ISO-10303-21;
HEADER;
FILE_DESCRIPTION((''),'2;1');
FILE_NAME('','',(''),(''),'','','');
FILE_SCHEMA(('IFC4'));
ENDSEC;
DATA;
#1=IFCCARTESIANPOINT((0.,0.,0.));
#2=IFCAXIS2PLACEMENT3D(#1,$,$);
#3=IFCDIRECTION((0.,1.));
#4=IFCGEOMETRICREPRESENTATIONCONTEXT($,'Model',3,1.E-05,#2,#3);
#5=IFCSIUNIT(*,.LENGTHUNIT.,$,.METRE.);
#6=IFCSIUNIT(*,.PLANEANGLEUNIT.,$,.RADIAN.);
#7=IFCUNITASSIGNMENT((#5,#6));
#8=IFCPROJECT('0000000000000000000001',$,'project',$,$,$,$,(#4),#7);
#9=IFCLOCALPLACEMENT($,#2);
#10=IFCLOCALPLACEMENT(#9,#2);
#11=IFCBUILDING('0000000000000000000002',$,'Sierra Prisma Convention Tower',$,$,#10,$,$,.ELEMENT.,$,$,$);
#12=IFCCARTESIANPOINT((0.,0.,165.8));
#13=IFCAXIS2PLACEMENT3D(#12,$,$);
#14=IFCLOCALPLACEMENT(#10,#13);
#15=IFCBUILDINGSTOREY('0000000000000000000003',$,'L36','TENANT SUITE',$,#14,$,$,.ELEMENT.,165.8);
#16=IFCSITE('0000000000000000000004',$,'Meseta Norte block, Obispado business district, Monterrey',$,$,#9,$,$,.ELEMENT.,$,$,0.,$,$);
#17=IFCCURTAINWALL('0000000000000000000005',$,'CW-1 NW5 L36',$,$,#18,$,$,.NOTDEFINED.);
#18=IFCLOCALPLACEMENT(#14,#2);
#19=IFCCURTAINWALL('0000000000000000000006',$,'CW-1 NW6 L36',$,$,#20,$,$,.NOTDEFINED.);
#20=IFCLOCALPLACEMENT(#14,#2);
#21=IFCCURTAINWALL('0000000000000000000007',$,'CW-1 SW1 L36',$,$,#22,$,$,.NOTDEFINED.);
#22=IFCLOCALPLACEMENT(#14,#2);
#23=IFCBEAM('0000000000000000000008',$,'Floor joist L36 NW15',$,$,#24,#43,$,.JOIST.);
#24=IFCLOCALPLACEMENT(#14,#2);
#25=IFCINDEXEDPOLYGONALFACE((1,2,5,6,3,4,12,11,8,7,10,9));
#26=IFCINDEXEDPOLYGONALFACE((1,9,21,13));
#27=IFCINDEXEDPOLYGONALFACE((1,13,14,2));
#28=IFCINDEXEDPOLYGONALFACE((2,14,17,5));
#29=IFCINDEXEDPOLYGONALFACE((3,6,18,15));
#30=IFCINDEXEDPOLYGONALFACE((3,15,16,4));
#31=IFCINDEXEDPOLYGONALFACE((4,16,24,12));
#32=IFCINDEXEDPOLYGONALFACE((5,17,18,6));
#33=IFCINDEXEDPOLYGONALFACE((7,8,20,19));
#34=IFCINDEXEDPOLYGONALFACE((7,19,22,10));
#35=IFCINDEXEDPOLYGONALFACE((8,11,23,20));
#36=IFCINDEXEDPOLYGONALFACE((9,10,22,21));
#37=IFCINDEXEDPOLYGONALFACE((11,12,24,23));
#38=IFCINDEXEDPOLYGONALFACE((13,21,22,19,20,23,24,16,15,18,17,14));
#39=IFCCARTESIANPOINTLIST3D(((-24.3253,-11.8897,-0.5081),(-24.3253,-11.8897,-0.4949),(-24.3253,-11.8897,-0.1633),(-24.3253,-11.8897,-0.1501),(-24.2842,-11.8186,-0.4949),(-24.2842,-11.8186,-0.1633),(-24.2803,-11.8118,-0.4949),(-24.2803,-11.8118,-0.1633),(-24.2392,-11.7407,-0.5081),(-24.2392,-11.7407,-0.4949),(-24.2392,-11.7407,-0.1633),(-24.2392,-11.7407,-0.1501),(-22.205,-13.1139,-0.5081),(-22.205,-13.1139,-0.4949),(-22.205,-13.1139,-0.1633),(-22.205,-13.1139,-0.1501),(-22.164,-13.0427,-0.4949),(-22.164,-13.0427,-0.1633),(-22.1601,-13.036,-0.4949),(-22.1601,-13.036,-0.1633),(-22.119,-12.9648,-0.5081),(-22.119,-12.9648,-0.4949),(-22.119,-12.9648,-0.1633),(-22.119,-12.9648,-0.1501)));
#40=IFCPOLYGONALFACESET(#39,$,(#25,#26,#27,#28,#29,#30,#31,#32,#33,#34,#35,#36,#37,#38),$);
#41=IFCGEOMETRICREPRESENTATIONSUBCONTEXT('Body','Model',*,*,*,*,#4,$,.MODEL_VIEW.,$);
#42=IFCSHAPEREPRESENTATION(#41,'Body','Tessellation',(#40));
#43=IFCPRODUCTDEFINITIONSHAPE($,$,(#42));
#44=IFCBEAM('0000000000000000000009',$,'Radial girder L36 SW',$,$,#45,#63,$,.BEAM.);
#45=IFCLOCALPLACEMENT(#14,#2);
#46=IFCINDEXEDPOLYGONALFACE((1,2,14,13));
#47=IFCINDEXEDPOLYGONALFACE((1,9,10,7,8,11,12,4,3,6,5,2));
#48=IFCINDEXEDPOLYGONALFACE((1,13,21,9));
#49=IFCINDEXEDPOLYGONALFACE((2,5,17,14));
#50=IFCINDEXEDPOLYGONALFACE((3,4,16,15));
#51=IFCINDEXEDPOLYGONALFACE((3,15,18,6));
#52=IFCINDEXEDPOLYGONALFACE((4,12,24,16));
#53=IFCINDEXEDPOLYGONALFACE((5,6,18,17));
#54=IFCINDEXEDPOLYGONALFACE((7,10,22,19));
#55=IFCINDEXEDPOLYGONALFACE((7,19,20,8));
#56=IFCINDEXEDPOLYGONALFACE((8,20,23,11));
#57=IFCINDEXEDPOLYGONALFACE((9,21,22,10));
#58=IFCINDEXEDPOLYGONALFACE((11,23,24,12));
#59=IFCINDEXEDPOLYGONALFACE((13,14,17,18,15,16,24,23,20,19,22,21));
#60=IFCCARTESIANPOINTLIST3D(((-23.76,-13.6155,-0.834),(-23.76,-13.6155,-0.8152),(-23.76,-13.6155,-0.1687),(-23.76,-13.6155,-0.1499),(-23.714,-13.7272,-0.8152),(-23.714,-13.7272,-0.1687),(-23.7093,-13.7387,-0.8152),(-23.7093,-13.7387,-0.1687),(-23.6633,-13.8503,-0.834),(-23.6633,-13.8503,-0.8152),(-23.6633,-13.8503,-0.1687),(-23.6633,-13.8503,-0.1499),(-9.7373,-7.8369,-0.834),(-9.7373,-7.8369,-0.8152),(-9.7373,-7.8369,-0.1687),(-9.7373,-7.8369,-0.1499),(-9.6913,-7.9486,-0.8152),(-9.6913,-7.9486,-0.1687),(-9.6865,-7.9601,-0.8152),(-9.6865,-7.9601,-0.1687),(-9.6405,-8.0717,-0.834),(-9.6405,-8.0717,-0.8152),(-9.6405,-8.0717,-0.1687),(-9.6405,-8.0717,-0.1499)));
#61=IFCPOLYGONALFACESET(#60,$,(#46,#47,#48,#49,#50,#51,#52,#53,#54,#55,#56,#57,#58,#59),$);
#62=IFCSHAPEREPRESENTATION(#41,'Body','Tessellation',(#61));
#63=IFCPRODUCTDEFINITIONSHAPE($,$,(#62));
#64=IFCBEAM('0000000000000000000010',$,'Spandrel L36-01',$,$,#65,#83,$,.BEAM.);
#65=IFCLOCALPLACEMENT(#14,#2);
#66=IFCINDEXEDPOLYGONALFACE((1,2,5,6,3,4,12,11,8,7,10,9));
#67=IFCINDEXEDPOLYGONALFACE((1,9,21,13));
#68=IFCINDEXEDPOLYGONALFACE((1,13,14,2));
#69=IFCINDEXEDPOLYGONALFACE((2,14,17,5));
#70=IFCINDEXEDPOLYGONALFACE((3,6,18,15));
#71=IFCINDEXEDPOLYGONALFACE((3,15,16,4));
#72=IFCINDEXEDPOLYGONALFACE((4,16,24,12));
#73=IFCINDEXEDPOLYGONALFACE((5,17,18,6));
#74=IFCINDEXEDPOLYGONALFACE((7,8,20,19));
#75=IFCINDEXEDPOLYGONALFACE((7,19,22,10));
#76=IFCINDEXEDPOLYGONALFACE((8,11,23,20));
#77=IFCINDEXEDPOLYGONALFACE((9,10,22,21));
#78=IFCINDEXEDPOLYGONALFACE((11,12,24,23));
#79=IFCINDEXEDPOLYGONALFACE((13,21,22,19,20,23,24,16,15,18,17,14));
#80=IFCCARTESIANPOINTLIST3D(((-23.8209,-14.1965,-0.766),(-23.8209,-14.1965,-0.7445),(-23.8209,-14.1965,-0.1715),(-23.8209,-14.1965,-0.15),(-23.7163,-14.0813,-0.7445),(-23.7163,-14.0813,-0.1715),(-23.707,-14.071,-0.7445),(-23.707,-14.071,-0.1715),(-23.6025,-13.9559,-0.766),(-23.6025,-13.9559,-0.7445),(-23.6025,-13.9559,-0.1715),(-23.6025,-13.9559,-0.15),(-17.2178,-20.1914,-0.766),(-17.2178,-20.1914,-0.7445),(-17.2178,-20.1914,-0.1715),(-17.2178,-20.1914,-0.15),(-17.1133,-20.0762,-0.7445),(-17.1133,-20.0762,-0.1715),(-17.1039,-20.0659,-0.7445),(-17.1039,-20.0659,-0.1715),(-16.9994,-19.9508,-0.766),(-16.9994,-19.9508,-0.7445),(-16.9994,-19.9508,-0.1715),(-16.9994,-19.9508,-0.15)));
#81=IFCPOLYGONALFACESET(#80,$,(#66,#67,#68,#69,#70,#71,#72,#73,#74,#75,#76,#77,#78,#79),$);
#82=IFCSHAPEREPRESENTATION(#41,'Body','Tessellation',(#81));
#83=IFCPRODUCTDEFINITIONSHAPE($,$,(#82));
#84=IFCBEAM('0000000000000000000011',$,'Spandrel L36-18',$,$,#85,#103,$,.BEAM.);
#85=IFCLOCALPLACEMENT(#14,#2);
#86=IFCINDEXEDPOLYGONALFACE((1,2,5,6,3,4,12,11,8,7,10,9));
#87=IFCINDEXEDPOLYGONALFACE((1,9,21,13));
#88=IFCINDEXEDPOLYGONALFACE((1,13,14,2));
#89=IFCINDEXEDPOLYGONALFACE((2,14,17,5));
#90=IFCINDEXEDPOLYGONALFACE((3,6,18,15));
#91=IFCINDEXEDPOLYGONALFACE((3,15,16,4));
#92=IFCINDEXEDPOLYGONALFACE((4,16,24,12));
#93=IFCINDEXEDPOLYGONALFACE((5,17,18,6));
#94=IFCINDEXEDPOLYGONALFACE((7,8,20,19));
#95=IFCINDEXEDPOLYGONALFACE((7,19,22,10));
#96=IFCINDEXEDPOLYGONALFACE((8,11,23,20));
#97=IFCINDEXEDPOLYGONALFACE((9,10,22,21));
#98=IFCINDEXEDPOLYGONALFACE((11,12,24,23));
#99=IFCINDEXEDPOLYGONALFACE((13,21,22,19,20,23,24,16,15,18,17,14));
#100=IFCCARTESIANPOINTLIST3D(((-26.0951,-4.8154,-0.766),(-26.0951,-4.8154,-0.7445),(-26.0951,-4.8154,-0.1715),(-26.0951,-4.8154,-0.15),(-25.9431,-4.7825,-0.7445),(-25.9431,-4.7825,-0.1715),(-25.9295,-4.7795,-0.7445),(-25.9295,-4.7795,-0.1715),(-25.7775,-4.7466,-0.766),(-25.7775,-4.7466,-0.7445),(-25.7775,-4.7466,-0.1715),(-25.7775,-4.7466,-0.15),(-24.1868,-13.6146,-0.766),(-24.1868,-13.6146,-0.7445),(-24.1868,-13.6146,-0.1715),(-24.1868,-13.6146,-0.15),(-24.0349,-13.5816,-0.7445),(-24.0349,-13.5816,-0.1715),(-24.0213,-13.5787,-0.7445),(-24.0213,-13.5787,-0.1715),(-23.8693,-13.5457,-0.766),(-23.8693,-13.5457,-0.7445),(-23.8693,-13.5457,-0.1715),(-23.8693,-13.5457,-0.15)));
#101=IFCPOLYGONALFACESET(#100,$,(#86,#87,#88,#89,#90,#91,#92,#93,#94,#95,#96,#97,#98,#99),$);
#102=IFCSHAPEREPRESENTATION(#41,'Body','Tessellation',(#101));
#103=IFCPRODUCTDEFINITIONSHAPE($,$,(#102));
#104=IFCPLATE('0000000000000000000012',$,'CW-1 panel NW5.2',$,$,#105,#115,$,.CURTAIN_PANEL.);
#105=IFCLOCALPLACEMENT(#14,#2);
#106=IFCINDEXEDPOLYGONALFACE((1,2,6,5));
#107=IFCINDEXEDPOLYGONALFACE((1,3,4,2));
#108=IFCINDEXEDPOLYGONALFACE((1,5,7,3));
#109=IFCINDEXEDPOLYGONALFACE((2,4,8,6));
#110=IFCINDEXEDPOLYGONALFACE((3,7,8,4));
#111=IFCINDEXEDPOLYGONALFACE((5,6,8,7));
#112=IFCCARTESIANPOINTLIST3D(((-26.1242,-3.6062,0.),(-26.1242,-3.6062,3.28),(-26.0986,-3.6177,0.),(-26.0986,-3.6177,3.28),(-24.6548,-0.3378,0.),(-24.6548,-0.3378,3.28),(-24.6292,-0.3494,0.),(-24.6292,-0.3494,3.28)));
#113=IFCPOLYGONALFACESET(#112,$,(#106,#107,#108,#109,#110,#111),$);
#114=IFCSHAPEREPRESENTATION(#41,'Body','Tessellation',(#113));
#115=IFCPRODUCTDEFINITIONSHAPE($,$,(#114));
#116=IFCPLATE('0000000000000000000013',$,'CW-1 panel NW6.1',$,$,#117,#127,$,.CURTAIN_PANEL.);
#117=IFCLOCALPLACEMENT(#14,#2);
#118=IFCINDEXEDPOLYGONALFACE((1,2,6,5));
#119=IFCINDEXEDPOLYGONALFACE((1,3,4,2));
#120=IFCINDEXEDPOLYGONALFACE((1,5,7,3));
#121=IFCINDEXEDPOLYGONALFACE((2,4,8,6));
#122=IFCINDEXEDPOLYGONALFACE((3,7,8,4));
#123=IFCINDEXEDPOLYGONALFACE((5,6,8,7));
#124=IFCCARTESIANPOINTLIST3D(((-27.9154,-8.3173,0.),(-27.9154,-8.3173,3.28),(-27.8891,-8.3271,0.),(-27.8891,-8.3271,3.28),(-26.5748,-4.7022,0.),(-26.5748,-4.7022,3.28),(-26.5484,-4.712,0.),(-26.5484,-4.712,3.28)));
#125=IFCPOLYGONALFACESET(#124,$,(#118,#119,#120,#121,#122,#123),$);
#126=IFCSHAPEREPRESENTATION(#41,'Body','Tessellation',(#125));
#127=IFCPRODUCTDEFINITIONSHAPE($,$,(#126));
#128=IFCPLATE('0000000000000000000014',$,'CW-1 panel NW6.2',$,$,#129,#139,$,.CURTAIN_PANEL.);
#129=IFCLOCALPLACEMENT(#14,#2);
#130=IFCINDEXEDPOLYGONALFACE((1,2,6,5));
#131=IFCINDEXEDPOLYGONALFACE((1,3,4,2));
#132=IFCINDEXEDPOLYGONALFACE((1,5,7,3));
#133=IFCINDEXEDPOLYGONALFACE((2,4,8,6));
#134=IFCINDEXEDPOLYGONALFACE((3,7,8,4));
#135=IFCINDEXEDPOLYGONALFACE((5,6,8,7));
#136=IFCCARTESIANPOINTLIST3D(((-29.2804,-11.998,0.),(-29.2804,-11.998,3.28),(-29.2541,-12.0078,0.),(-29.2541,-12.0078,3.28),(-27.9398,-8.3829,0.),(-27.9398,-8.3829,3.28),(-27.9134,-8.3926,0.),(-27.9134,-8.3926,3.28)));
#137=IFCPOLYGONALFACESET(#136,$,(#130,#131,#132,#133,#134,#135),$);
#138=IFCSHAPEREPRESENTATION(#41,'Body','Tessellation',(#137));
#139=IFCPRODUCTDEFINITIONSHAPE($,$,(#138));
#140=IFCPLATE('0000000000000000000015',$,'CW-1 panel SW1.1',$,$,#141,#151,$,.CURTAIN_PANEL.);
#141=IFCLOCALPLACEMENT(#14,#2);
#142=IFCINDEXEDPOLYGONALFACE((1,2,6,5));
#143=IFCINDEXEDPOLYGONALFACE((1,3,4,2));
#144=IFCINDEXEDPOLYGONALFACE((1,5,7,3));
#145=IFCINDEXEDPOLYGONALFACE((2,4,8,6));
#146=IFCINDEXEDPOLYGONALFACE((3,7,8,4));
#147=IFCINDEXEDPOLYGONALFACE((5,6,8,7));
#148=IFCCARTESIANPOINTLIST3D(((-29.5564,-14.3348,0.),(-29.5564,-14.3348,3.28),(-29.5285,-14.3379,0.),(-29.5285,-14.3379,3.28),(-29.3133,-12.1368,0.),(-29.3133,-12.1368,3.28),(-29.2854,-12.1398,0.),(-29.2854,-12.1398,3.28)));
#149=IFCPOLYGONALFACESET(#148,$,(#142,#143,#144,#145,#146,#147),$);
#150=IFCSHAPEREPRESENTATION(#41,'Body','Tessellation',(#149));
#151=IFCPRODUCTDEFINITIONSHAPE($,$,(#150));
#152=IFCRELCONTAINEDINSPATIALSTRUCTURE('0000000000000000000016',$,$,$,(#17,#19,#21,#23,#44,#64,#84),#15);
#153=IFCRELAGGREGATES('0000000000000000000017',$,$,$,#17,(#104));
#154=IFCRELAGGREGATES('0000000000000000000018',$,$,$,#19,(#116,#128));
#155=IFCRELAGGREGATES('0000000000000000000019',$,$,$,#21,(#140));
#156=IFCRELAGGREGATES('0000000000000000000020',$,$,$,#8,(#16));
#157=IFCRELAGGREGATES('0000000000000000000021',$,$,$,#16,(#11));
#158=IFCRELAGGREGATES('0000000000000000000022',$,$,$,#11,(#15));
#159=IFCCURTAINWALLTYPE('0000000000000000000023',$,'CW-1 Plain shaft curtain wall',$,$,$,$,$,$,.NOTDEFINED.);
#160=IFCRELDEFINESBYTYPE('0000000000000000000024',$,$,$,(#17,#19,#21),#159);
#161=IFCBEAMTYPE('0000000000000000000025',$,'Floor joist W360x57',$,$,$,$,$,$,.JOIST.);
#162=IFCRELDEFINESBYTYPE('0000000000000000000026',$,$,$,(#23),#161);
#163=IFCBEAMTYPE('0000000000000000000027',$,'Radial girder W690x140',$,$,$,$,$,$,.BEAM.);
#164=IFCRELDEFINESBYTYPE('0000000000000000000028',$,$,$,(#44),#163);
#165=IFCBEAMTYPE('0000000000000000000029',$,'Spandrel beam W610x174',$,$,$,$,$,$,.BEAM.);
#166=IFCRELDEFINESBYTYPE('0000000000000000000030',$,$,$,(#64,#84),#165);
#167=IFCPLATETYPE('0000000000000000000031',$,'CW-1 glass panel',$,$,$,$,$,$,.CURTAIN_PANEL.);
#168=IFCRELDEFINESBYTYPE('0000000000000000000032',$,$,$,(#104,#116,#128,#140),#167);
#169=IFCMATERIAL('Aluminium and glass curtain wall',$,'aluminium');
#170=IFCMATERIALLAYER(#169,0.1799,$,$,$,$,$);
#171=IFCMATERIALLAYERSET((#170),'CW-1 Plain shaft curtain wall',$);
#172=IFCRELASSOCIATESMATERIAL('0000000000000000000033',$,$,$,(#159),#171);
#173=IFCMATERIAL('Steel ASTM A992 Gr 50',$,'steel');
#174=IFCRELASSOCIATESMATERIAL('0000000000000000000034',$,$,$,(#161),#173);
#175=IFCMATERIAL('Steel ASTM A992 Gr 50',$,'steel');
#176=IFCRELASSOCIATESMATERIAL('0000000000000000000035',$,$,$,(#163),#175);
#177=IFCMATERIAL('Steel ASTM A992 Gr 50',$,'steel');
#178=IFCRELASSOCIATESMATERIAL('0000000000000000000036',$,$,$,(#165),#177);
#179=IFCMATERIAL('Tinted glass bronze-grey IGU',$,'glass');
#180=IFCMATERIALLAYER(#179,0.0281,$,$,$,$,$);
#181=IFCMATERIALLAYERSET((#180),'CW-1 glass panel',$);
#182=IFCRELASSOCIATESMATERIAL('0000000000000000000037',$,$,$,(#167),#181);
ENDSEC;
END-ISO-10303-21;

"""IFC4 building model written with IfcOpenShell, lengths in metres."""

from ifc_helpers import new_model, si_unit, direction, frame, origin, origin_2d, place, context, subcontext, project, spatial, rectangle, i_section, extrude, material, layer, layer_set, material_profile, profile_set, type_object, element, aggregate, save


model = new_model("IFC4")

# Units and contexts
model_context = context("Model", 3, precision=1e-05, world=origin(), true_north=direction((0.0, 1.0)))
body_context = subcontext(model_context, "Body", "Model", "MODEL_VIEW")
ifc_project = project(units=[si_unit("LENGTHUNIT", "METRE"), si_unit("PLANEANGLEUNIT", "RADIAN")], contexts=[model_context])

# Site, building, storey
site_placement = place(None, origin())
site = spatial("IfcSite", under=ifc_project, at=site_placement, Name="Meseta Norte block, Obispado business district, Monterrey", CompositionType="ELEMENT", RefElevation=0.0)
building_placement = place(site_placement, origin())
building = spatial("IfcBuilding", under=site, at=building_placement, Name="Sierra Prisma Convention Tower", CompositionType="ELEMENT")
storey_placement = place(building_placement, frame((0.0, 0.0, 165.8)))
storey = spatial("IfcBuildingStorey", under=building, at=storey_placement, Name="L36", Description="TENANT SUITE", CompositionType="ELEMENT", Elevation=165.8)

# Curtain walls
ifc_material_1 = material(Name="Aluminium and glass curtain wall", Category="aluminium")
ifc_layer_1 = layer(ifc_material_1, 0.1799)
ifc_layer_set_1 = layer_set([ifc_layer_1], Name="CW-1 Plain shaft curtain wall")
curtain_wall_type = type_object("IfcCurtainWallType", Name="CW-1 Plain shaft curtain wall", PredefinedType="NOTDEFINED", material=ifc_layer_set_1)
curtain_wall_1_placement = place(storey_placement, origin())
curtain_wall_1 = element("IfcCurtainWall", 1, at=curtain_wall_1_placement, inside=storey, type_object=curtain_wall_type, Name="CW-1 NW5 L36", PredefinedType="NOTDEFINED")
curtain_wall_2_placement = place(storey_placement, origin())
curtain_wall_2 = element("IfcCurtainWall", 2, at=curtain_wall_2_placement, inside=storey, type_object=curtain_wall_type, Name="CW-1 NW6 L36", PredefinedType="NOTDEFINED")
curtain_wall_3_placement = place(storey_placement, origin())
curtain_wall_3 = element("IfcCurtainWall", 3, at=curtain_wall_3_placement, inside=storey, type_object=curtain_wall_type, Name="CW-1 SW1 L36", PredefinedType="NOTDEFINED")

# Beams
ifc_material_2 = material(Name="Steel ASTM A992 Gr 50", Category="steel")
ifc_material_profile_1 = material_profile(ifc_material_2, i_section(OverallWidth=0.1721, OverallDepth=0.3579, WebThickness=0.0078, FlangeThickness=0.0132, at=origin_2d()), Name="W360x57")
ifc_profile_set_1 = profile_set([ifc_material_profile_1], Name="Steel ASTM A992 Gr 50")
beam_type_1 = type_object("IfcBeamType", Name="Floor joist W360x57", PredefinedType="JOIST", material=ifc_profile_set_1)
beam_1_placement = place(storey_placement, frame((-24.2822, -11.8152, -0.3291), z_axis=(0.866013, -0.500022, 0.0), x_axis=(0.500022, 0.866013, 0.0)))
element("IfcBeam", 4, at=beam_1_placement, inside=storey, type_object=beam_type_1, Name="Floor joist L36 NW15", PredefinedType="JOIST", context=body_context, shape_type="SweptSolid", body=[
    extrude(i_section(OverallWidth=0.1721, OverallDepth=0.3579, WebThickness=0.0078, FlangeThickness=0.0132, at=origin_2d()), origin(), (0.0, 0.0, 1.0), 2.4482),
])
ifc_material_3 = material(Name="Steel ASTM A992 Gr 50", Category="steel")
ifc_material_profile_2 = material_profile(ifc_material_3, i_section(OverallWidth=0.2539, OverallDepth=0.6841, WebThickness=0.0125, FlangeThickness=0.0188, at=origin_2d()), Name="W690x140")
ifc_profile_set_2 = profile_set([ifc_material_profile_2], Name="Steel ASTM A992 Gr 50")
beam_type_2 = type_object("IfcBeamType", Name="Radial girder W690x140", PredefinedType="BEAM", material=ifc_profile_set_2)
beam_2_placement = place(storey_placement, frame((-23.7117, -13.7329, -0.4919), z_axis=(0.924573, 0.381004, 0.0), x_axis=(-0.381004, 0.924573, 0.0)))
element("IfcBeam", 5, at=beam_2_placement, inside=storey, type_object=beam_type_2, Name="Radial girder L36 SW", PredefinedType="BEAM", context=body_context, shape_type="SweptSolid", body=[
    extrude(i_section(OverallWidth=0.2539, OverallDepth=0.6841, WebThickness=0.0125, FlangeThickness=0.0188, at=origin_2d()), origin(), (0.0, 0.0, 1.0), 15.1667),
])
ifc_material_4 = material(Name="Steel ASTM A992 Gr 50", Category="steel")
ifc_material_profile_3 = material_profile(ifc_material_4, i_section(OverallWidth=0.325, OverallDepth=0.616, WebThickness=0.0139, FlangeThickness=0.0215, at=origin_2d()), Name="W610x174")
ifc_profile_set_3 = profile_set([ifc_material_profile_3], Name="Steel ASTM A992 Gr 50")
beam_type_3 = type_object("IfcBeamType", Name="Spandrel beam W610x174", PredefinedType="BEAM", material=ifc_profile_set_3)
beam_3_placement = place(storey_placement, frame((-23.7117, -14.0762, -0.458), z_axis=(0.74038, -0.672189, 0.0), x_axis=(0.672189, 0.74038, 0.0)))
element("IfcBeam", 6, at=beam_3_placement, inside=storey, type_object=beam_type_3, Name="Spandrel L36-01", PredefinedType="BEAM", context=body_context, shape_type="SweptSolid", body=[
    extrude(i_section(OverallWidth=0.325, OverallDepth=0.616, WebThickness=0.0139, FlangeThickness=0.0215, at=origin_2d()), origin(), (0.0, 0.0, 1.0), 8.9185),
])
beam_4_placement = place(storey_placement, frame((-25.9363, -4.781, -0.458), z_axis=(0.211938, -0.977283, 0.0), x_axis=(0.977283, 0.211938, 0.0)))
element("IfcBeam", 7, at=beam_4_placement, inside=storey, type_object=beam_type_3, Name="Spandrel L36-18", PredefinedType="BEAM", context=body_context, shape_type="SweptSolid", body=[
    extrude(i_section(OverallWidth=0.325, OverallDepth=0.616, WebThickness=0.0139, FlangeThickness=0.0215, at=origin_2d()), origin(), (0.0, 0.0, 1.0), 9.0037),
])

# Plates
ifc_material_5 = material(Name="Tinted glass bronze-grey IGU", Category="glass")
ifc_layer_2 = layer(ifc_material_5, 0.0281)
ifc_layer_set_2 = layer_set([ifc_layer_2], Name="CW-1 glass panel")
plate_type = type_object("IfcPlateType", Name="CW-1 glass panel", PredefinedType="CURTAIN_PANEL", material=ifc_layer_set_2)
plate_1_placement = place(storey_placement, frame((-25.3767, -1.9778, 0.0), z_axis=(0.0, 0.0, 1.0), x_axis=(-0.410056, -0.91206, 0.0)))
plate_1 = element("IfcPlate", 8, at=plate_1_placement, type_object=plate_type, Name="CW-1 panel NW5.2", PredefinedType="CURTAIN_PANEL", context=body_context, shape_type="SweptSolid", body=[
    extrude(rectangle(XDim=3.5835, YDim=0.0281, at=origin_2d()), origin(), (0.0, 0.0, 1.0), 3.28),
])
aggregate(curtain_wall_1, [plate_1])
plate_2_placement = place(storey_placement, frame((-27.2319, -6.5146, 0.0), z_axis=(0.0, 0.0, 1.0), x_axis=(-0.347709, -0.937603, 0.0)))
plate_2 = element("IfcPlate", 9, at=plate_2_placement, type_object=plate_type, Name="CW-1 panel NW6.1", PredefinedType="CURTAIN_PANEL", context=body_context, shape_type="SweptSolid", body=[
    extrude(rectangle(XDim=3.8557, YDim=0.0281, at=origin_2d()), origin(), (0.0, 0.0, 1.0), 3.28),
])
plate_3_placement = place(storey_placement, frame((-28.5969, -10.1953, 0.0), z_axis=(0.0, 0.0, 1.0), x_axis=(-0.347709, -0.937603, 0.0)))
plate_3 = element("IfcPlate", 10, at=plate_3_placement, type_object=plate_type, Name="CW-1 panel NW6.2", PredefinedType="CURTAIN_PANEL", context=body_context, shape_type="SweptSolid", body=[
    extrude(rectangle(XDim=3.8557, YDim=0.0281, at=origin_2d()), origin(), (0.0, 0.0, 1.0), 3.28),
])
aggregate(curtain_wall_2, [plate_2, plate_3])
plate_4_placement = place(storey_placement, frame((-29.4209, -13.2373, 0.0), z_axis=(0.0, 0.0, 1.0), x_axis=(-0.109951, -0.993937, 0.0)))
plate_4 = element("IfcPlate", 11, at=plate_4_placement, type_object=plate_type, Name="CW-1 panel SW1.1", PredefinedType="CURTAIN_PANEL", context=body_context, shape_type="SweptSolid", body=[
    extrude(rectangle(XDim=2.2114, YDim=0.0281, at=origin_2d()), origin(), (0.0, 0.0, 1.0), 3.28),
])
aggregate(curtain_wall_3, [plate_4])

save(model, "model.ifc")
